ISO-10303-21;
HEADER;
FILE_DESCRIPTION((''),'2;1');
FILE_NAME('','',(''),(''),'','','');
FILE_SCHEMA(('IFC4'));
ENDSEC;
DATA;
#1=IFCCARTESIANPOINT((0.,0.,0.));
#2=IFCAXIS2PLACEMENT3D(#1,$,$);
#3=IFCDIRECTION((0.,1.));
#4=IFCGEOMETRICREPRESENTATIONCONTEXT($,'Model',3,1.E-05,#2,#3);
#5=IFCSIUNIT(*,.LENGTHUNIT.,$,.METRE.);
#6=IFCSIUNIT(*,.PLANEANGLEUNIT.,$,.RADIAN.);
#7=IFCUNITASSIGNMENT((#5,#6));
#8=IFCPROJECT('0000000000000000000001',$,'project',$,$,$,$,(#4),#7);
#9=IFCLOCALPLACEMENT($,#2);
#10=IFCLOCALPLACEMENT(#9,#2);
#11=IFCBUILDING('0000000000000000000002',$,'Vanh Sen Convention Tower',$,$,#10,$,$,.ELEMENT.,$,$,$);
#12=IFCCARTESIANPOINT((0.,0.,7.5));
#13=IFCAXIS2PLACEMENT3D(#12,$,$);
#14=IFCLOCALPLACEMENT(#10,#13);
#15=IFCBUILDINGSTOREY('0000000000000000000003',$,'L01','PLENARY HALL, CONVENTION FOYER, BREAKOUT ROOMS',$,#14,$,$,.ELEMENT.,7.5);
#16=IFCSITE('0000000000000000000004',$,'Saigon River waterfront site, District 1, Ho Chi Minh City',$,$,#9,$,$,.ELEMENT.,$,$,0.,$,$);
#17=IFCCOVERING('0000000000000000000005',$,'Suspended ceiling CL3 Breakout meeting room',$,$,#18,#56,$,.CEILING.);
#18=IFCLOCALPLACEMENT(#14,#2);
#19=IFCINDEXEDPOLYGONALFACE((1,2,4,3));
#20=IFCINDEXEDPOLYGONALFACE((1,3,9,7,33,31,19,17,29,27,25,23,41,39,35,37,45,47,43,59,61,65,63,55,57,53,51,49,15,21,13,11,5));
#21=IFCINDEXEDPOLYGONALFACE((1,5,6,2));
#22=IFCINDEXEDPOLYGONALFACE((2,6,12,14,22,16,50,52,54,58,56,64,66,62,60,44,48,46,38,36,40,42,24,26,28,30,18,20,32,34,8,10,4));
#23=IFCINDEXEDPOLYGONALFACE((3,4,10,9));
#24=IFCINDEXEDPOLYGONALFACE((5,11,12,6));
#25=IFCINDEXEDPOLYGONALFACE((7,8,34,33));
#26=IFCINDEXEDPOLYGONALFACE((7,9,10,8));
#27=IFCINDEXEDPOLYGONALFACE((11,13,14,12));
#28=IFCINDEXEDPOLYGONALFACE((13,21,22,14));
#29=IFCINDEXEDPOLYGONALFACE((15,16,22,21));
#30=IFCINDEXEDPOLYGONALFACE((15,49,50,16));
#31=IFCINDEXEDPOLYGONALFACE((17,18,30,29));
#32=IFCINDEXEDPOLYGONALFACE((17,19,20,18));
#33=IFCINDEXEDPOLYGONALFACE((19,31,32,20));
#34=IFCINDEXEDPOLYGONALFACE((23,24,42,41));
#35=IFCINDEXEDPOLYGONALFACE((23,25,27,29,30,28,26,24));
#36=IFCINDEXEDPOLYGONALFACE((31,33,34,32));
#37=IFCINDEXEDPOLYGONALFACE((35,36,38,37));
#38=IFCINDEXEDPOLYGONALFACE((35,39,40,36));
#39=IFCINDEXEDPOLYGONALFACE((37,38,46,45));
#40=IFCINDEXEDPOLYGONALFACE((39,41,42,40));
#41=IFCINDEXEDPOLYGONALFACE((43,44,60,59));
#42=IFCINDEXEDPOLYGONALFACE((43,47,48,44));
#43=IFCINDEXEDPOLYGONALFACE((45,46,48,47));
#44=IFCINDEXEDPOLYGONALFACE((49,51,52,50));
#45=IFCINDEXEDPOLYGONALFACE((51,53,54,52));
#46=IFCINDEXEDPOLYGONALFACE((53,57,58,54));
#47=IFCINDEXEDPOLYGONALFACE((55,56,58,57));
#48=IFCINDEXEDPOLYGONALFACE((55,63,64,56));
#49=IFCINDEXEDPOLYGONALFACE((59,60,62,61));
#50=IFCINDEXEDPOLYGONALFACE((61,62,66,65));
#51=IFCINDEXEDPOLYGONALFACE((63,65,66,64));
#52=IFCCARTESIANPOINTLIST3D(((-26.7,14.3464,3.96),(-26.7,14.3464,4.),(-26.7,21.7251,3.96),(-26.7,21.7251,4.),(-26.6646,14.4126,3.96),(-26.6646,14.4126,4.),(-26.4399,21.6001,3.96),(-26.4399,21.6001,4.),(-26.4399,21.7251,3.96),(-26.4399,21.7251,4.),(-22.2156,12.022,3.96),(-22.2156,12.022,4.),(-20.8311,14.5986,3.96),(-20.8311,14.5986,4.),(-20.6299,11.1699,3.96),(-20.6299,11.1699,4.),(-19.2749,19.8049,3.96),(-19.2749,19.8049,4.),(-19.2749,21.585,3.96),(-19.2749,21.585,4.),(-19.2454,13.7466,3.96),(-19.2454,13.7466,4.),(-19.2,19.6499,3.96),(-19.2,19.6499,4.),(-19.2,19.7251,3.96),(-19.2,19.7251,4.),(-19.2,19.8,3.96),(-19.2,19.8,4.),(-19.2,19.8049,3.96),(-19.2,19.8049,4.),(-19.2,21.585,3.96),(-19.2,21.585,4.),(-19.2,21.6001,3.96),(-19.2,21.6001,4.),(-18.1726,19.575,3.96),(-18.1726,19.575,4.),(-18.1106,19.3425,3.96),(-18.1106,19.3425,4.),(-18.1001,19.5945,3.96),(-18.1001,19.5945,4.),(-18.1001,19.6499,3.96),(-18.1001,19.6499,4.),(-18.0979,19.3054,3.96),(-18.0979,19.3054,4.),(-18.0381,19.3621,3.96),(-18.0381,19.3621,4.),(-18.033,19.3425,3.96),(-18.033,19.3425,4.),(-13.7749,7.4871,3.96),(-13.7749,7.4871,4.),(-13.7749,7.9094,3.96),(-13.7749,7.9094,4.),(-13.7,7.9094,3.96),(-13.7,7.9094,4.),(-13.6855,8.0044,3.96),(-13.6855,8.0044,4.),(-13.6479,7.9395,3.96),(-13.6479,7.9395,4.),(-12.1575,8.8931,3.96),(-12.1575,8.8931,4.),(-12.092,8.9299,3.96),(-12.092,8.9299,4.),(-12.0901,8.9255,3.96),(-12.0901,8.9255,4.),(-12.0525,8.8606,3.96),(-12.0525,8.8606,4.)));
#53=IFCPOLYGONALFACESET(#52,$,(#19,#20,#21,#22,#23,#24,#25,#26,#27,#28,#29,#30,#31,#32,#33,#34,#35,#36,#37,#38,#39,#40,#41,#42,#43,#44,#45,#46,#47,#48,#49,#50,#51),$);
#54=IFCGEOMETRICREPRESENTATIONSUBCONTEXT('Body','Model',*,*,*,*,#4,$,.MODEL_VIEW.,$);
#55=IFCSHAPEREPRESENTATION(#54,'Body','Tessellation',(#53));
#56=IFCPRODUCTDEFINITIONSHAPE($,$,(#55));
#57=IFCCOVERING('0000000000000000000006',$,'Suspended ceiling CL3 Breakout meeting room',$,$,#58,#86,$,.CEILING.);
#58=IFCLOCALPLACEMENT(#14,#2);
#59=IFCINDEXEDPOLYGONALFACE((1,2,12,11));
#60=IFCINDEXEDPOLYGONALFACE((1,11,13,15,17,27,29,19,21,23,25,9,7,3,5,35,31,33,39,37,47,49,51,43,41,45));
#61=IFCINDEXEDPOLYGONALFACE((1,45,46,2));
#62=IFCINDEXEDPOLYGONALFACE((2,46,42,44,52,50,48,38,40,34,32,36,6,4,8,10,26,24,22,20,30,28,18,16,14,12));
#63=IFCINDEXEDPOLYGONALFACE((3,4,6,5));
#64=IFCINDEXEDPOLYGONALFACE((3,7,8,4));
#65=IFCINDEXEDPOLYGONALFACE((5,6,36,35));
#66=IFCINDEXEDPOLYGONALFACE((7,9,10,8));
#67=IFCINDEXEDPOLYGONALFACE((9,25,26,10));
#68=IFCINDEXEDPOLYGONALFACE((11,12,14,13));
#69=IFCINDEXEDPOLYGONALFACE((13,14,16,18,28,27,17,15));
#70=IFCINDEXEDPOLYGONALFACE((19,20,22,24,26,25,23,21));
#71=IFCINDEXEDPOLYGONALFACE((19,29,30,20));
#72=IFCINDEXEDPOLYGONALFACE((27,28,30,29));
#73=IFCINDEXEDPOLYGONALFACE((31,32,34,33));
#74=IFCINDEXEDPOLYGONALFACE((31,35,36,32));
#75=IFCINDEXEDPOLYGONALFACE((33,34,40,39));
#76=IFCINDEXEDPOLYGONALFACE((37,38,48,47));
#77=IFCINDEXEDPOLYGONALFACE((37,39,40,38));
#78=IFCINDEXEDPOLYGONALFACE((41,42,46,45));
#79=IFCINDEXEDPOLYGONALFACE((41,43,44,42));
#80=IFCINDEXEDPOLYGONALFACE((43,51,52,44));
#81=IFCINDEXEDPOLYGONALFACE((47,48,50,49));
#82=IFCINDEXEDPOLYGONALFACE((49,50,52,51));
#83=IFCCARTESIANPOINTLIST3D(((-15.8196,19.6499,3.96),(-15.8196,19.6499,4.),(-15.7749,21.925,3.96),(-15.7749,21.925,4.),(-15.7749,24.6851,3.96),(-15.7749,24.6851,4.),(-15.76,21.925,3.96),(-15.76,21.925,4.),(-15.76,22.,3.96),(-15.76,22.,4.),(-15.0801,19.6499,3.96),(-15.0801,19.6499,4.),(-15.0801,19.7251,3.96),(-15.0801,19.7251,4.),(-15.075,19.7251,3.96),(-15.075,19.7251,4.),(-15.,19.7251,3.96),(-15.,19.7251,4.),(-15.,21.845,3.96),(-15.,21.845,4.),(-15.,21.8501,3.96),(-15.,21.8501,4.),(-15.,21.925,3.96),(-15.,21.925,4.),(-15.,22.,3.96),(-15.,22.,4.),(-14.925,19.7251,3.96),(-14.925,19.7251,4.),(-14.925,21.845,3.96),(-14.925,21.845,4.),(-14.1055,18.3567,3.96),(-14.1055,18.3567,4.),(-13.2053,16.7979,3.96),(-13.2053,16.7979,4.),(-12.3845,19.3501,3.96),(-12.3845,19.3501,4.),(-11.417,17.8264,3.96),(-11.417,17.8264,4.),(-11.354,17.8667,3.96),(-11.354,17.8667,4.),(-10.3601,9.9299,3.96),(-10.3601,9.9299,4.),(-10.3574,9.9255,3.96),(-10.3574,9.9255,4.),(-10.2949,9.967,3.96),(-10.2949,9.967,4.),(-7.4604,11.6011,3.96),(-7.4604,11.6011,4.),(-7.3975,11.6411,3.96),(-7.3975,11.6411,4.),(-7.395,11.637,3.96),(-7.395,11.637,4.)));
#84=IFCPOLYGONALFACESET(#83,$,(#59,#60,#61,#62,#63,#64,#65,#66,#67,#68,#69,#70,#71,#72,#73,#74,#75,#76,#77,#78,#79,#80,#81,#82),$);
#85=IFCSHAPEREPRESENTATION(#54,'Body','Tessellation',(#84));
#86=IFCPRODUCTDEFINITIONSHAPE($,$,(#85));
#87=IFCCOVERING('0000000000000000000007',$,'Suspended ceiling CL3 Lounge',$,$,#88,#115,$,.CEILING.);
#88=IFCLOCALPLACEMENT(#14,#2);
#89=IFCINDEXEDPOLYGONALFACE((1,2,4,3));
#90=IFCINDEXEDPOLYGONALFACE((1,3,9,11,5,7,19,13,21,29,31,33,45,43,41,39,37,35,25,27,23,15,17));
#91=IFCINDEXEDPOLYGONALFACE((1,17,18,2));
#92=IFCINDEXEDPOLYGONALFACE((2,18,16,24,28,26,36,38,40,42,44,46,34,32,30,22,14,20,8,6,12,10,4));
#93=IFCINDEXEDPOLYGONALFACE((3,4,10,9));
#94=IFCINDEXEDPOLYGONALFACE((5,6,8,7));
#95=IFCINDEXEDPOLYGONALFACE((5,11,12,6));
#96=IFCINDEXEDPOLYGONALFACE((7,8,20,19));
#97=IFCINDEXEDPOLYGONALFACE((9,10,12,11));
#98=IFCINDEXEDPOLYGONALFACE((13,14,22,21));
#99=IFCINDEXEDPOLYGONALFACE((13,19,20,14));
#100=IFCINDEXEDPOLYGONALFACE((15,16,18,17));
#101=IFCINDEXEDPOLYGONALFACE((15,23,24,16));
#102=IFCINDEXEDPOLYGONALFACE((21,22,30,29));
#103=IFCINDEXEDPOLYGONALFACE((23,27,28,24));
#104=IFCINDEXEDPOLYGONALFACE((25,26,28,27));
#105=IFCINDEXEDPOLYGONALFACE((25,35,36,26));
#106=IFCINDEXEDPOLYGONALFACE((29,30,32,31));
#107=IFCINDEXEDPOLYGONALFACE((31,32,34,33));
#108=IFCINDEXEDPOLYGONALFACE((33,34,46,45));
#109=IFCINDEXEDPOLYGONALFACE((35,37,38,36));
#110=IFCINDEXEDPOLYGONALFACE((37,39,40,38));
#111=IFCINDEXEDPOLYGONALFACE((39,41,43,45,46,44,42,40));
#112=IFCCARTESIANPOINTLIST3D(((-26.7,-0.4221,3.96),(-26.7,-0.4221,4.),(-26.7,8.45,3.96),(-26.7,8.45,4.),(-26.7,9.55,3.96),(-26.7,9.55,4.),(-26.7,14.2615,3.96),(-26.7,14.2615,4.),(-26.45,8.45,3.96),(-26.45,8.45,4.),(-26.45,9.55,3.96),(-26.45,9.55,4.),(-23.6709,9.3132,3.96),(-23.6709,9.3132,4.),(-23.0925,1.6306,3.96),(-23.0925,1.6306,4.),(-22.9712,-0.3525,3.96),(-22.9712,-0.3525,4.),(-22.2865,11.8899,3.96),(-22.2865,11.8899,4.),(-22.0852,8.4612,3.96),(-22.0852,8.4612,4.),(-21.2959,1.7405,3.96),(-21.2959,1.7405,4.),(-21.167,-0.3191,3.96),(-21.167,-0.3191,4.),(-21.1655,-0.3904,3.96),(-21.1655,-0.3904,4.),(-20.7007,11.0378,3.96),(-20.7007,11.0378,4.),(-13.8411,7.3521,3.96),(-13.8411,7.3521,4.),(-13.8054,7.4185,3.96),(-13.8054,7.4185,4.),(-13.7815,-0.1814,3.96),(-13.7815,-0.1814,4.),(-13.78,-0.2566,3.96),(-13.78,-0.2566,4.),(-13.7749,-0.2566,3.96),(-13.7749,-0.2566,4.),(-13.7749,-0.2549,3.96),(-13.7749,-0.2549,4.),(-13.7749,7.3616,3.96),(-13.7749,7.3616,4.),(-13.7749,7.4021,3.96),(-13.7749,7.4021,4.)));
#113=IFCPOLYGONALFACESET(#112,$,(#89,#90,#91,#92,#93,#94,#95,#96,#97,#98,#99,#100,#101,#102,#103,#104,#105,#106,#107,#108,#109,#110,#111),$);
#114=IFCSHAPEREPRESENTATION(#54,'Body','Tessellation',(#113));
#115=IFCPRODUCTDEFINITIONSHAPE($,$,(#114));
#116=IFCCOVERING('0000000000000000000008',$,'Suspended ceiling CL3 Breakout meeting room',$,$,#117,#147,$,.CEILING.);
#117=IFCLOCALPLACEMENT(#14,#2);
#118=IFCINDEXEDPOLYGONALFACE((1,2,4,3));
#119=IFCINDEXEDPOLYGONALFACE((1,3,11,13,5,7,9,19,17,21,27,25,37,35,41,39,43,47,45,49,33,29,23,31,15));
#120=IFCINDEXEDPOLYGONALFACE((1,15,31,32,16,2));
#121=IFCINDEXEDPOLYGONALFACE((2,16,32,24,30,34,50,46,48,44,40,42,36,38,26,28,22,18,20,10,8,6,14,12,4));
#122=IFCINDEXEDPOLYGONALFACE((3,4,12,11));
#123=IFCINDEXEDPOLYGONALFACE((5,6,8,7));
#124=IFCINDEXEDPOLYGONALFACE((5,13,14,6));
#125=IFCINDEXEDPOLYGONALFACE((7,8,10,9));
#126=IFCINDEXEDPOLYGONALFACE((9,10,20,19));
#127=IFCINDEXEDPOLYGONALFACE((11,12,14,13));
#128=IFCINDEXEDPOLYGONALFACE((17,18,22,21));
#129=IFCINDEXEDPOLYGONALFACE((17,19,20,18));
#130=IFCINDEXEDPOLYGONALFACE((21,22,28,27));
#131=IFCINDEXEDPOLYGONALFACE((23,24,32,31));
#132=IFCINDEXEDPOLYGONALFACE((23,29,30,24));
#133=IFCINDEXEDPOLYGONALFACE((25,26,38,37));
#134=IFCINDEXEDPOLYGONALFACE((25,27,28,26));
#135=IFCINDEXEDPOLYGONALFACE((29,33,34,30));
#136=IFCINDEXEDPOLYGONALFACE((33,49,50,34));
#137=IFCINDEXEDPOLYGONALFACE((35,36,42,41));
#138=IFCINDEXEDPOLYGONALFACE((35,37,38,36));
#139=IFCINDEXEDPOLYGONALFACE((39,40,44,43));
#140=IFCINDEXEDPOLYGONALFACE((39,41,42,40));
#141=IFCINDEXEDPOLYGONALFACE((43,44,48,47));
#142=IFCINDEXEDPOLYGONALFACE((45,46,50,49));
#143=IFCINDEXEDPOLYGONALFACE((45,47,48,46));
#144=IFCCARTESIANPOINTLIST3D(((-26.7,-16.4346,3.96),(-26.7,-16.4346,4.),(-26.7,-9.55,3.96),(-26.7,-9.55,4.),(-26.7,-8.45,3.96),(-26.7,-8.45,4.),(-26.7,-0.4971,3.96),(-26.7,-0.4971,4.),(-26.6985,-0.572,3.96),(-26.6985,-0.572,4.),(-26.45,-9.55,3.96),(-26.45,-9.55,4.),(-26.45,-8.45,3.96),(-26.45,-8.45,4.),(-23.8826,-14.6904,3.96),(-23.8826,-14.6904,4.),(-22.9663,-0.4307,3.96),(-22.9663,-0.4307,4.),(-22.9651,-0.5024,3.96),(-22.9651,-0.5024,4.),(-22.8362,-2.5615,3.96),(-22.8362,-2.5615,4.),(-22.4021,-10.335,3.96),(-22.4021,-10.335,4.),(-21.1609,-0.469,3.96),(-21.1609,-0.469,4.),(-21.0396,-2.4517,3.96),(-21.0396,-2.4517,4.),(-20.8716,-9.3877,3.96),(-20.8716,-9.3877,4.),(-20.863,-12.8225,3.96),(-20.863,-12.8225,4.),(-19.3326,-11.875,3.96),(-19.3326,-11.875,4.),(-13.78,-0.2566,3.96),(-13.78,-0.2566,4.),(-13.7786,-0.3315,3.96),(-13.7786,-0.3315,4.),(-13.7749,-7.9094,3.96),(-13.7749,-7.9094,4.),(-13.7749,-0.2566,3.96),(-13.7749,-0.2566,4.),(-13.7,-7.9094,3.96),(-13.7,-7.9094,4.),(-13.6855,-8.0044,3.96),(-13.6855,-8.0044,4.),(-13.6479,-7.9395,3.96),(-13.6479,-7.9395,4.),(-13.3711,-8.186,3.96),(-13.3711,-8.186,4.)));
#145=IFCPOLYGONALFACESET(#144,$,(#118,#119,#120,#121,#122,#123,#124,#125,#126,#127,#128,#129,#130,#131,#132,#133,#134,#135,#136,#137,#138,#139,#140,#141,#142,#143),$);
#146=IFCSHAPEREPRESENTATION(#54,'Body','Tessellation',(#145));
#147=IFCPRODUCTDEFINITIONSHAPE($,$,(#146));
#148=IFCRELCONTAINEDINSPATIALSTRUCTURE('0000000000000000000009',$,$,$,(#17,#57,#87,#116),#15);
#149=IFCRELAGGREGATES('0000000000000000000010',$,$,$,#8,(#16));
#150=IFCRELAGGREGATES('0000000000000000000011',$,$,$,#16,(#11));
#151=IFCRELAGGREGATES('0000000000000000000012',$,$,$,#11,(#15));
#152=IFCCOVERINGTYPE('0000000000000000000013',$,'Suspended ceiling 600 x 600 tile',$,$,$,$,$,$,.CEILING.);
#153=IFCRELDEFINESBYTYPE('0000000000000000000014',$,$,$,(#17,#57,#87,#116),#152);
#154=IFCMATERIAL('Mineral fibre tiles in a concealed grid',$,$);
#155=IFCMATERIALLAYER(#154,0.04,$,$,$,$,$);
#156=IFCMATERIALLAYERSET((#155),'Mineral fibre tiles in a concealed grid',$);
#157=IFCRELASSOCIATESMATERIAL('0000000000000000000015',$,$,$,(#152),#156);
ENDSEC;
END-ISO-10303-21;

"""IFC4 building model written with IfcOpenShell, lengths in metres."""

from ifc_helpers import new_model, si_unit, direction, frame, origin, place, context, subcontext, project, spatial, polyline, outline, extrude, material, layer, layer_set, type_object, element, save


model = new_model("IFC4")

# Units and contexts
model_context = context("Model", 3, precision=1e-05, world=origin(), true_north=direction((0.0, 1.0)))
body_context = subcontext(model_context, "Body", "Model", "MODEL_VIEW")
ifc_project = project(units=[si_unit("LENGTHUNIT", "METRE"), si_unit("PLANEANGLEUNIT", "RADIAN")], contexts=[model_context])

# Site, building, storey
site_placement = place(None, origin())
site = spatial("IfcSite", under=ifc_project, at=site_placement, Name="Saigon River waterfront site, District 1, Ho Chi Minh City", CompositionType="ELEMENT", RefElevation=0.0)
building_placement = place(site_placement, origin())
building = spatial("IfcBuilding", under=site, at=building_placement, Name="Vanh Sen Convention Tower", CompositionType="ELEMENT")
storey_placement = place(building_placement, frame((0.0, 0.0, 7.5)))
storey = spatial("IfcBuildingStorey", under=building, at=storey_placement, Name="L01", Description="PLENARY HALL, CONVENTION FOYER, BREAKOUT ROOMS", CompositionType="ELEMENT", Elevation=7.5)

# Coverings
ifc_material_1 = material(Name="Mineral fibre tiles in a concealed grid")
ifc_layer_1 = layer(ifc_material_1, 0.04)
ifc_layer_set_1 = layer_set([ifc_layer_1], Name="Mineral fibre tiles in a concealed grid")
covering_type = type_object("IfcCoveringType", Name="Suspended ceiling 600 x 600 tile", PredefinedType="CEILING", material=ifc_layer_set_1)
covering_1_placement = place(storey_placement, frame((0.0, 0.0, 3.96)))
element("IfcCovering", 1, at=covering_1_placement, inside=storey, type_object=covering_type, Name="Suspended ceiling CL3 Breakout meeting room", PredefinedType="CEILING", context=body_context, shape_type="SweptSolid", body=[
    extrude(outline(polyline([(-26.4399, 21.6001), (-26.4399, 21.7251), (-26.7, 21.7251), (-26.7, 14.3464), (-26.6646, 14.4126), (-22.2156, 12.022), (-20.8311, 14.5986), (-19.2454, 13.7466), (-20.6299, 11.1699), (-13.7749, 7.4871), (-13.7749, 7.9094), (-13.7, 7.9094), (-13.6479, 7.9395), (-13.6855, 8.0044), (-12.0901, 8.9255), (-12.0525, 8.8606), (-12.092, 8.9299), (-12.1575, 8.8931), (-18.0979, 19.3054), (-18.033, 19.3425), (-18.0381, 19.3621), (-18.1106, 19.3425), (-18.1726, 19.575), (-18.1001, 19.5945), (-18.1001, 19.6499), (-19.2, 19.6499), (-19.2, 19.7251), (-19.2, 19.8), (-19.2, 19.8049), (-19.2749, 19.8049), (-19.2749, 21.585), (-19.2, 21.585), (-19.2, 21.6001), (-26.4399, 21.6001)])), origin(), (0.0, 0.0, 1.0), 0.04),
])
covering_2_placement = place(storey_placement, frame((0.0, 0.0, 3.96)))
element("IfcCovering", 2, at=covering_2_placement, inside=storey, type_object=covering_type, Name="Suspended ceiling CL3 Breakout meeting room", PredefinedType="CEILING", context=body_context, shape_type="SweptSolid", body=[
    extrude(outline(polyline([(-11.417, 17.8264), (-11.354, 17.8667), (-13.2053, 16.7979), (-14.1055, 18.3567), (-12.3845, 19.3501), (-15.7749, 24.6851), (-15.7749, 21.925), (-15.76, 21.925), (-15.76, 22.0), (-15.0, 22.0), (-15.0, 21.925), (-15.0, 21.8501), (-15.0, 21.845), (-14.925, 21.845), (-14.925, 19.7251), (-15.0, 19.7251), (-15.075, 19.7251), (-15.0801, 19.7251), (-15.0801, 19.6499), (-15.8196, 19.6499), (-10.2949, 9.967), (-10.3601, 9.9299), (-10.3574, 9.9255), (-7.395, 11.637), (-7.3975, 11.6411), (-7.4604, 11.6011), (-11.417, 17.8264)])), origin(), (0.0, 0.0, 1.0), 0.04),
])
covering_3_placement = place(storey_placement, frame((0.0, 0.0, 3.96)))
element("IfcCovering", 3, at=covering_3_placement, inside=storey, type_object=covering_type, Name="Suspended ceiling CL3 Lounge", PredefinedType="CEILING", context=body_context, shape_type="SweptSolid", body=[
    extrude(outline(polyline([(-13.7815, -0.1814), (-13.78, -0.2566), (-13.7749, -0.2566), (-13.7749, -0.2549), (-13.7749, 7.3616), (-13.7749, 7.4021), (-13.8054, 7.4185), (-13.8411, 7.3521), (-20.7007, 11.0378), (-22.0852, 8.4612), (-23.6709, 9.3132), (-22.251, 11.9561), (-22.251, 11.9561), (-22.2866, 11.8899), (-26.7, 14.2615), (-26.7, 9.55), (-26.45, 9.55), (-26.45, 8.45), (-26.7, 8.45), (-26.7, -0.4221), (-22.9712, -0.3525), (-23.0925, 1.6306), (-21.2959, 1.7405), (-21.1655, -0.3904), (-21.167, -0.3191), (-13.7815, -0.1814)])), origin(), (0.0, 0.0, 1.0), 0.04),
])
covering_4_placement = place(storey_placement, frame((0.0, 0.0, 3.96)))
element("IfcCovering", 4, at=covering_4_placement, inside=storey, type_object=covering_type, Name="Suspended ceiling CL3 Breakout meeting room", PredefinedType="CEILING", context=body_context, shape_type="SweptSolid", body=[
    extrude(outline(polyline([(-13.6855, -8.0044), (-13.6479, -7.9395), (-13.7, -7.9094), (-13.7749, -7.9094), (-13.7749, -0.2566), (-13.78, -0.2566), (-13.7786, -0.3315), (-21.1609, -0.469), (-21.0396, -2.4517), (-22.8362, -2.5615), (-22.9663, -0.4307), (-22.9651, -0.5024), (-26.6985, -0.572), (-26.7, -0.4971), (-26.7, -8.45), (-26.45, -8.45), (-26.45, -9.55), (-26.7, -9.55), (-26.7, -16.4346), (-23.8826, -14.6904), (-20.863, -12.8225), (-20.8545, -12.8362), (-22.4021, -10.335), (-20.8716, -9.3877), (-19.3169, -11.9004), (-19.3325, -11.875), (-13.3711, -8.186), (-13.6855, -8.0044)])), origin(), (0.0, 0.0, 1.0), 0.04),
])

save(model, "model.ifc")
